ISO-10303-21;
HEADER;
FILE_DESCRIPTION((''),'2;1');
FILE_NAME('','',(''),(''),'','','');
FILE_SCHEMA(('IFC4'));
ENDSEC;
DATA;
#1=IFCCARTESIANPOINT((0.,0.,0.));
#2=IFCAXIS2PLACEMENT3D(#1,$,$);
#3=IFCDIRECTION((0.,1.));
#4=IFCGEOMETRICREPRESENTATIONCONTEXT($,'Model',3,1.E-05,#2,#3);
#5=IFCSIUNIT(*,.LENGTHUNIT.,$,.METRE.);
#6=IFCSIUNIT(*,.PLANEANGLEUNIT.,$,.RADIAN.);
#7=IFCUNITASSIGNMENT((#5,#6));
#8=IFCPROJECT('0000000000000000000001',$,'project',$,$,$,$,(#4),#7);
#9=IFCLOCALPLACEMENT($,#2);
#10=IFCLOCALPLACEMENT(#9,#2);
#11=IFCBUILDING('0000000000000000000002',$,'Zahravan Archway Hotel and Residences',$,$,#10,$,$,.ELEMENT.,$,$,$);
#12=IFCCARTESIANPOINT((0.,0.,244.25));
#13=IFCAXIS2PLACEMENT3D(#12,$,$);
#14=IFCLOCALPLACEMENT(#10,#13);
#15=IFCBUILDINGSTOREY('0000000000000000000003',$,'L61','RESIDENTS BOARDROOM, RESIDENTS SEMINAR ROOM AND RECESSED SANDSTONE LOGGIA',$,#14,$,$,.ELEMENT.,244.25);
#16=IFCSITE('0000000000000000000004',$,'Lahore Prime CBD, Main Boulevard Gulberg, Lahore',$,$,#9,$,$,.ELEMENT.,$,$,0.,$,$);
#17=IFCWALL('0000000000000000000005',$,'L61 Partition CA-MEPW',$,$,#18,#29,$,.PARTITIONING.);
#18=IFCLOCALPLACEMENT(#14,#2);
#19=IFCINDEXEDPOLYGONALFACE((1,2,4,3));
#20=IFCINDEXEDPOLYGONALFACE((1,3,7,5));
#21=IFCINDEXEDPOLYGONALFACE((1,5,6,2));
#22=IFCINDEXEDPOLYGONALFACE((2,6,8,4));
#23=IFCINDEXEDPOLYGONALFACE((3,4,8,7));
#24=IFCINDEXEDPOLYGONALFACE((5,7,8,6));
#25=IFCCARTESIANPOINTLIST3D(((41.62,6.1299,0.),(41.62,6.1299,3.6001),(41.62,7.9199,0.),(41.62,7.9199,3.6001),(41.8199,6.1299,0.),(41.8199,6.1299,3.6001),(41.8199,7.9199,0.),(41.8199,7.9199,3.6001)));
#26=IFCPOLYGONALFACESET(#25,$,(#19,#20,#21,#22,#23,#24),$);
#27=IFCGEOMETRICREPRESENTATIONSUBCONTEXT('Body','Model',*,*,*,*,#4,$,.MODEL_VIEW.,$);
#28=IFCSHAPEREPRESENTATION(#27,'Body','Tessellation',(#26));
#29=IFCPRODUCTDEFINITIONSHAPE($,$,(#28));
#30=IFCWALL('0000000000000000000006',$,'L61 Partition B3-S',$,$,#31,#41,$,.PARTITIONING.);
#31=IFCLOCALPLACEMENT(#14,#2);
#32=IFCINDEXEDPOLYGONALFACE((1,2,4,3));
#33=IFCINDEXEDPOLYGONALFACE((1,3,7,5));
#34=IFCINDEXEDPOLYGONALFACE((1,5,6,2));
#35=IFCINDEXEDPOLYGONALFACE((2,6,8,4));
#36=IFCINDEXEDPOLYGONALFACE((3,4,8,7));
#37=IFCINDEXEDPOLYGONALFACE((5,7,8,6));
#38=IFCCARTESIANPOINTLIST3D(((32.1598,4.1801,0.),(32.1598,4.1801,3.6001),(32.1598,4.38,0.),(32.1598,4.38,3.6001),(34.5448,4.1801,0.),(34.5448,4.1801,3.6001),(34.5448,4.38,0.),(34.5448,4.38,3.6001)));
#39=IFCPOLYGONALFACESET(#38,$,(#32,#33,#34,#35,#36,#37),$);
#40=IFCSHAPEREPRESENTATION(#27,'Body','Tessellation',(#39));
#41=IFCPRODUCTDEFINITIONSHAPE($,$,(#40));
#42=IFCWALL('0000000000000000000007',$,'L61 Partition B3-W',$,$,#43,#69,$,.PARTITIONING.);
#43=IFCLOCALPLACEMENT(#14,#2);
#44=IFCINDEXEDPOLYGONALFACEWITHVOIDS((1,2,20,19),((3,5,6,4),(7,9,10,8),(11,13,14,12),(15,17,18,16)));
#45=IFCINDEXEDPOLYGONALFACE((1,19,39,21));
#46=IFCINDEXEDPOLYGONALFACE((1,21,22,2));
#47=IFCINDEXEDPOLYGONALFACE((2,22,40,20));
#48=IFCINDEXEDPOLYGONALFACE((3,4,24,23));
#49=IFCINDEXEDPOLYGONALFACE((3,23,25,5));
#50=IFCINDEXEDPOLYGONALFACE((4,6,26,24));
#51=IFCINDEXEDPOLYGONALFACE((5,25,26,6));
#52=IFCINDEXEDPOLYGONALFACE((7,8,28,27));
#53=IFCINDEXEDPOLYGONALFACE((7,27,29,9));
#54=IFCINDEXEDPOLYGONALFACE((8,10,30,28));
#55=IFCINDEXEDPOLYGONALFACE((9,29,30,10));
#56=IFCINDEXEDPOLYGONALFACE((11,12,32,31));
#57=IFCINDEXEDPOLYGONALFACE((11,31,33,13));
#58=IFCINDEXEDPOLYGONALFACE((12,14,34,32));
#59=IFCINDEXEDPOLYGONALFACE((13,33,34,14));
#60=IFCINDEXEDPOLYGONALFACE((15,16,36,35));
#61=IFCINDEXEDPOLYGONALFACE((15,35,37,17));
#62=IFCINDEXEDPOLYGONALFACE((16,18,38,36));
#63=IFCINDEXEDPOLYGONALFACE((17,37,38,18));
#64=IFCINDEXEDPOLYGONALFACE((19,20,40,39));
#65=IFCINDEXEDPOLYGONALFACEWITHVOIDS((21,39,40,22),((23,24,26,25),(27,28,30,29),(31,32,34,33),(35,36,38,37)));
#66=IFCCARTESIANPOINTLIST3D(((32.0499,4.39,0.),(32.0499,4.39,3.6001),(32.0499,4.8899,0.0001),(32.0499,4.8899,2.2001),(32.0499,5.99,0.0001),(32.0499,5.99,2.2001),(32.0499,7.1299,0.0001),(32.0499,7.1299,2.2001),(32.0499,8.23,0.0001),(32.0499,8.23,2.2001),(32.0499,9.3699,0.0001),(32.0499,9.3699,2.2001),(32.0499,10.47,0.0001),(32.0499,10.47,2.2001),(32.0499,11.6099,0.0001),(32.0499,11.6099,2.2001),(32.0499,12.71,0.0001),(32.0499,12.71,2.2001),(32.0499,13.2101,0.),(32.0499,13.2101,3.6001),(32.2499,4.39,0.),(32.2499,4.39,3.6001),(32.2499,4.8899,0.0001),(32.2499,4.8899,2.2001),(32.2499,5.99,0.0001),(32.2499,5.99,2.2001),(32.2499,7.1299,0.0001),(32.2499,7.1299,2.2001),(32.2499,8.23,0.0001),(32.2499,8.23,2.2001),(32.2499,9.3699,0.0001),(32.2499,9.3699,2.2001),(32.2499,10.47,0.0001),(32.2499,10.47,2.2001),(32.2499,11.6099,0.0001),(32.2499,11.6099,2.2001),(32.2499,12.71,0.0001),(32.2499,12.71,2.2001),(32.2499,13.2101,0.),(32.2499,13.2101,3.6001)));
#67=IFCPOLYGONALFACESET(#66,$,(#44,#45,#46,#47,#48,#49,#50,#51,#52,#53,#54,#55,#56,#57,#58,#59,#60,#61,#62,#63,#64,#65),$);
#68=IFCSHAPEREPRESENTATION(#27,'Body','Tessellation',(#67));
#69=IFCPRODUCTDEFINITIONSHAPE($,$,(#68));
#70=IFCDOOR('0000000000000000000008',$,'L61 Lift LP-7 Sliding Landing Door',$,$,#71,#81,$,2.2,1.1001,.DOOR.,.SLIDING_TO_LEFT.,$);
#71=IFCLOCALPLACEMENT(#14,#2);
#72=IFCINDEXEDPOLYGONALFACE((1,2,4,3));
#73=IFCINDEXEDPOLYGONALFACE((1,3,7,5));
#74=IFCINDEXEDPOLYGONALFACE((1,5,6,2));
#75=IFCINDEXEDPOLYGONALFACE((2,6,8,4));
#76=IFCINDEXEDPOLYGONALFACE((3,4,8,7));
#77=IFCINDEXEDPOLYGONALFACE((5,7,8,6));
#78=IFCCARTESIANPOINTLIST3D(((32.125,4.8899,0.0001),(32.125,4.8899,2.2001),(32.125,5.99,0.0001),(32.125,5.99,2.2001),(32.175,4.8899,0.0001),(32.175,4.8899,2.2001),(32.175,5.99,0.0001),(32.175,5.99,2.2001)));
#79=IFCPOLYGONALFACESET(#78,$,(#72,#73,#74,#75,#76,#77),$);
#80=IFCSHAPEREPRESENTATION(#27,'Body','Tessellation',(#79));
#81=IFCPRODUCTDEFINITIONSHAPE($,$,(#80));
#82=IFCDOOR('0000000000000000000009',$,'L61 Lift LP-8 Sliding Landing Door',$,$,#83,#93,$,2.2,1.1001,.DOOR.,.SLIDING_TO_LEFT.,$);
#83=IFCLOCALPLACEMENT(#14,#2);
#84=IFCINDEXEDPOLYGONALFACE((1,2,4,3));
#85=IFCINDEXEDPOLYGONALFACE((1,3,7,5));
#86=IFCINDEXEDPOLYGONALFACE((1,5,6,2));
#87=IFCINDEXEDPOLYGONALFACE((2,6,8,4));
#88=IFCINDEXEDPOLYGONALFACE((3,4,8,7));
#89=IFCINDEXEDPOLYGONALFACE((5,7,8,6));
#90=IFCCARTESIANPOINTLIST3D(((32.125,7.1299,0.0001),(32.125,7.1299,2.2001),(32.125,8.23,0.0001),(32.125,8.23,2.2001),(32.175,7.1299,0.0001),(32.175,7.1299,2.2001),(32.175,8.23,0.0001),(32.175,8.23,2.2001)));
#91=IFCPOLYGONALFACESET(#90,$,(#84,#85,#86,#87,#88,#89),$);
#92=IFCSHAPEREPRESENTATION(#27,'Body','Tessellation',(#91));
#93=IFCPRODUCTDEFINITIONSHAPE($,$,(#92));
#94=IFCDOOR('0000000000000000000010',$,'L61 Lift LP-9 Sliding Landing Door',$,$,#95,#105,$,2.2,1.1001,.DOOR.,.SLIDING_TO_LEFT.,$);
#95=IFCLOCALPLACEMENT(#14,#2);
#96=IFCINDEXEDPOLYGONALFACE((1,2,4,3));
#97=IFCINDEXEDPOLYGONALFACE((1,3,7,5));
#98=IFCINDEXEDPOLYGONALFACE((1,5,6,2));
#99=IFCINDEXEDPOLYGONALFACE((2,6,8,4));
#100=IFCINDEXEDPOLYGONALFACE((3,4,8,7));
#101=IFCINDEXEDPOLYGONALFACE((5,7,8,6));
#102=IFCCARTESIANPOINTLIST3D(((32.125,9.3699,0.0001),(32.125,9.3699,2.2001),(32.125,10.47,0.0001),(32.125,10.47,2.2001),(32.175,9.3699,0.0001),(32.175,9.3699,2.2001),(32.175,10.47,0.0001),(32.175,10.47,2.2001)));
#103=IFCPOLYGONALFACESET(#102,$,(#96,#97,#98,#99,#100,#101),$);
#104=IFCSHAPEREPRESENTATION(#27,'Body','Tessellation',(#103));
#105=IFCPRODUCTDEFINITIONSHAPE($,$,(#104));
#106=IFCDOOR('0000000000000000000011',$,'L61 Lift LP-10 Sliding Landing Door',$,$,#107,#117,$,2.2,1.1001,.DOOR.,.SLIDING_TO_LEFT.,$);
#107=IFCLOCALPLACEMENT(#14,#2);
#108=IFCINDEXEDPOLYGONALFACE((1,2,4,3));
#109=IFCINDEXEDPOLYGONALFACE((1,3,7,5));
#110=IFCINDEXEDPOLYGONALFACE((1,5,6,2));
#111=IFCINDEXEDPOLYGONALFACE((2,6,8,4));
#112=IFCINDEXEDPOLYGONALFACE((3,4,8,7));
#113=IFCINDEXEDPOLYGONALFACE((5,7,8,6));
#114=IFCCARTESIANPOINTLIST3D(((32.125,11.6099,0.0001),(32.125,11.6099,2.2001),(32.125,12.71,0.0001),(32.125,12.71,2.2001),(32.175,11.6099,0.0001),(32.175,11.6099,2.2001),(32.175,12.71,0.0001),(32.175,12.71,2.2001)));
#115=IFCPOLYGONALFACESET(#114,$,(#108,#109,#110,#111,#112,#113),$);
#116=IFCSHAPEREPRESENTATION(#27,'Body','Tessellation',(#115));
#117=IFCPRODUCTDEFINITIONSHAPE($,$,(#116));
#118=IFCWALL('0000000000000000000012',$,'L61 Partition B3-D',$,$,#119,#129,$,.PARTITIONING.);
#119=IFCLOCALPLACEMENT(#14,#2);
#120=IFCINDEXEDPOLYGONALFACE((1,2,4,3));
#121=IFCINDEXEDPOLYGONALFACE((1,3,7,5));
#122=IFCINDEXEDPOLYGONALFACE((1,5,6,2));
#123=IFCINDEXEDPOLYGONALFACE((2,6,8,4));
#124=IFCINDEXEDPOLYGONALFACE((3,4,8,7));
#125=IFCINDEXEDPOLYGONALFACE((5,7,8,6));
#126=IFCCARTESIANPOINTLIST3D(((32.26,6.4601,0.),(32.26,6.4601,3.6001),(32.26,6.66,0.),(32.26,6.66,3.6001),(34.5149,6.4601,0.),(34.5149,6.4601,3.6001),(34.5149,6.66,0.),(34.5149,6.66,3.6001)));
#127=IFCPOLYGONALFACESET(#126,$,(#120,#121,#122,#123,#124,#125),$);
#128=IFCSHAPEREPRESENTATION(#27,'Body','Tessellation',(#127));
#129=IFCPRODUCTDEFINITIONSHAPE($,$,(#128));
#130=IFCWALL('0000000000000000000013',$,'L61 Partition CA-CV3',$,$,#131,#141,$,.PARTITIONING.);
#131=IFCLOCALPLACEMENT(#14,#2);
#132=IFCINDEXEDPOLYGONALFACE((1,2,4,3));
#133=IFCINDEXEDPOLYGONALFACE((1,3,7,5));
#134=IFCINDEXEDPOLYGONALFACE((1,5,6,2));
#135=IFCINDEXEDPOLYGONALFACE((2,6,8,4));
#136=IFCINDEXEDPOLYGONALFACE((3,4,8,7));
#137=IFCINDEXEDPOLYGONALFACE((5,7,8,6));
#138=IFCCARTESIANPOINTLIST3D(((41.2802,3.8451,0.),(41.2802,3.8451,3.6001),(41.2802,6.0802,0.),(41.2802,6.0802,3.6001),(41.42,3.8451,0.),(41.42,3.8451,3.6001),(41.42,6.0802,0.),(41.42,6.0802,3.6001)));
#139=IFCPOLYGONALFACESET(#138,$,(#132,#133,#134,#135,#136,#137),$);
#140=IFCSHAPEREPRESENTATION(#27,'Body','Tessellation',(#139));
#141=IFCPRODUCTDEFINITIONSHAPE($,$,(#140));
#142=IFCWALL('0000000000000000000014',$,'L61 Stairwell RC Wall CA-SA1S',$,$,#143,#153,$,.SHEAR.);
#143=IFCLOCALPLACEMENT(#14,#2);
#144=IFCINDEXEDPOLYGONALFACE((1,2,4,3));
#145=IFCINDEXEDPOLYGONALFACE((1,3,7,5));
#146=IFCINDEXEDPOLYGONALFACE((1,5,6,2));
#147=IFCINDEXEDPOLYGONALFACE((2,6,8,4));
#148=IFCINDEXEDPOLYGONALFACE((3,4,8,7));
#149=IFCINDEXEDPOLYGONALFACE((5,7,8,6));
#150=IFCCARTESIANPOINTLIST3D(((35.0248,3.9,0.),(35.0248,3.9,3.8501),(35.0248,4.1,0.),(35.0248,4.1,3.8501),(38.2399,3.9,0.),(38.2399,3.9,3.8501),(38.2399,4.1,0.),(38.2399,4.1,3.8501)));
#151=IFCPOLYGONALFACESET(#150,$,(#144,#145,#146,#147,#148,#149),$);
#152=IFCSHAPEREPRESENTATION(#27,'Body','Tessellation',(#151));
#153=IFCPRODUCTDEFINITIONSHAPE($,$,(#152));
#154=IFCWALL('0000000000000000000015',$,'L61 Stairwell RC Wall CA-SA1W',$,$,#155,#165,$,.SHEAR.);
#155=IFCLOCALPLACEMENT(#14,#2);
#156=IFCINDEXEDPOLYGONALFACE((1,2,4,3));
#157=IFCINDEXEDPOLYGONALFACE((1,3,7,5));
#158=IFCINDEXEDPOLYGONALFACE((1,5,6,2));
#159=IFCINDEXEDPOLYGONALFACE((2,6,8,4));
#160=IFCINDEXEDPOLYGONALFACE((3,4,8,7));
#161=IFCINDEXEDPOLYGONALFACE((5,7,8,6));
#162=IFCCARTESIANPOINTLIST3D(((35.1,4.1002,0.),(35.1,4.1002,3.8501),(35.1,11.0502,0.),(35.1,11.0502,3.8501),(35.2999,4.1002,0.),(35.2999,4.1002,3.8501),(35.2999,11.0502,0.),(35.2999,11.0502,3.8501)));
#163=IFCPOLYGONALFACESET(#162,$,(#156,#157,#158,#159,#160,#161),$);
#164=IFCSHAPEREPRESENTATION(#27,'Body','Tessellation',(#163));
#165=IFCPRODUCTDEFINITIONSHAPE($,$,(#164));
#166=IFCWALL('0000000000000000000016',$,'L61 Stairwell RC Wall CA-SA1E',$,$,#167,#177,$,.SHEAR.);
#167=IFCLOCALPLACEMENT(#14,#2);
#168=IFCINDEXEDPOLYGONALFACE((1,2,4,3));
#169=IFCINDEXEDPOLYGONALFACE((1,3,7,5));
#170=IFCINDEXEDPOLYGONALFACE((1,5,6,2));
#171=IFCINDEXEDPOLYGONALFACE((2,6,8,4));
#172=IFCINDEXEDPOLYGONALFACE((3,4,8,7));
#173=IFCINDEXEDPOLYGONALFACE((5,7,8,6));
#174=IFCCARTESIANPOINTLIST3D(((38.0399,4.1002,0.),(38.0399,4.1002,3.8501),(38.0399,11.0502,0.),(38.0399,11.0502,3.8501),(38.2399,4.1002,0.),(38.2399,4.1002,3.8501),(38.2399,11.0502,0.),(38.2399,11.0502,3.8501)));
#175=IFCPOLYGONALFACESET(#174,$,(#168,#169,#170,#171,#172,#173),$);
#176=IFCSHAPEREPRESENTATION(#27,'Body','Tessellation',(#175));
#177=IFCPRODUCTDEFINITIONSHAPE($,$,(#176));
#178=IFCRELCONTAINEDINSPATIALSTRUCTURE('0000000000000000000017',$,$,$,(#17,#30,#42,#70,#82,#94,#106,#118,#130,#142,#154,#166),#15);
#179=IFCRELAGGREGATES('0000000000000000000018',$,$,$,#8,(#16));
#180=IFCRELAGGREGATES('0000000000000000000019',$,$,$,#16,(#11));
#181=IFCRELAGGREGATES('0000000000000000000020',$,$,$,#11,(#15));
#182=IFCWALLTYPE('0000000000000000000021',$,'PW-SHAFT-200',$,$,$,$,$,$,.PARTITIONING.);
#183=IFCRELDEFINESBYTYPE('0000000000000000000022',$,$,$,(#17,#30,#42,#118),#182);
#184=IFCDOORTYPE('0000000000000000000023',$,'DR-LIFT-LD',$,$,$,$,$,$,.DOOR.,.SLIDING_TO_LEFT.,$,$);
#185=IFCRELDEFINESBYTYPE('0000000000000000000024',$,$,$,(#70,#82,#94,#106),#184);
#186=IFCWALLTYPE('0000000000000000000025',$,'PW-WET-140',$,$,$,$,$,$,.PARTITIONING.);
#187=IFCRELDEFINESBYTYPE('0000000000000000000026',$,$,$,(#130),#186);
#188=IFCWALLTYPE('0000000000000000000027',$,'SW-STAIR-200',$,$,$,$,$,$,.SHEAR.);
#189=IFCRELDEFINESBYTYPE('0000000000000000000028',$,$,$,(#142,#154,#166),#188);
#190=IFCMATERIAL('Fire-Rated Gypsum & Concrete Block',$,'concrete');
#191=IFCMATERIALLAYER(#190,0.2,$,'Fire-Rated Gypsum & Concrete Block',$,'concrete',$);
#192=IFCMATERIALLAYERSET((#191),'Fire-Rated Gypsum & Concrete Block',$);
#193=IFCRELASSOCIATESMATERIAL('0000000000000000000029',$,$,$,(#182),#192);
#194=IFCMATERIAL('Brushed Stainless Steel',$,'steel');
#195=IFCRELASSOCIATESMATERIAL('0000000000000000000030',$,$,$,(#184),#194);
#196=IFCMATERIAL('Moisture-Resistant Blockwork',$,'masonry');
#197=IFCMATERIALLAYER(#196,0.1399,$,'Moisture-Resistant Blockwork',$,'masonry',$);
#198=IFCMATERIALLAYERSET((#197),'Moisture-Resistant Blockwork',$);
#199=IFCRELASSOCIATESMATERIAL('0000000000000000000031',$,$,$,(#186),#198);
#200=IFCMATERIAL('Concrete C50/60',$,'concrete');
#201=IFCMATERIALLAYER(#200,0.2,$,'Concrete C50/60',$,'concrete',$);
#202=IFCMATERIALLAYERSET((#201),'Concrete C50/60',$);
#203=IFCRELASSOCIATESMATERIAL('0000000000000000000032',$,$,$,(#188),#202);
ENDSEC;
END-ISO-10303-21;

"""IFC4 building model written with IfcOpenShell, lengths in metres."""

from ifc_helpers import new_model, si_unit, direction, frame, frame_2d, origin, place, context, subcontext, project, spatial, rectangle, extrude, source, transform, mapped, material, layer, layer_set, type_object, type_shapes, element, fill, save


model = new_model("IFC4")

# Units and contexts
model_context = context("Model", 3, precision=1e-05, world=origin(), true_north=direction((0.0, 1.0)))
body_context = subcontext(model_context, "Body", "Model", "MODEL_VIEW")
ifc_project = project(units=[si_unit("LENGTHUNIT", "METRE"), si_unit("PLANEANGLEUNIT", "RADIAN")], contexts=[model_context])

# Site, building, storey
site_placement = place(None, origin())
site = spatial("IfcSite", under=ifc_project, at=site_placement, Name="Lahore Prime CBD, Main Boulevard Gulberg, Lahore", CompositionType="ELEMENT", RefElevation=0.0)
building_placement = place(site_placement, origin())
building = spatial("IfcBuilding", under=site, at=building_placement, Name="Zahravan Archway Hotel and Residences", CompositionType="ELEMENT")
storey_placement = place(building_placement, frame((0.0, 0.0, 244.25)))
storey = spatial("IfcBuildingStorey", under=building, at=storey_placement, Name="L61", Description="RESIDENTS BOARDROOM, RESIDENTS SEMINAR ROOM AND RECESSED SANDSTONE LOGGIA", CompositionType="ELEMENT", Elevation=244.25)

# Shared definitions
ifc_material_1 = material(Name="Concrete C50/60", Category="concrete")

# Shared definitions
ifc_material_2 = material(Name="Fire-Rated Gypsum & Concrete Block", Category="concrete")
ifc_layer_1 = layer(ifc_material_2, 0.2, Name="Fire-Rated Gypsum & Concrete Block", Category="concrete")
ifc_layer_set_1 = layer_set([ifc_layer_1], Name="Fire-Rated Gypsum & Concrete Block")
wall_type_1 = type_object("IfcWallType", Name="PW-SHAFT-200", PredefinedType="PARTITIONING", material=ifc_layer_set_1)

# Walls
for number, where, z_axis, x_axis, name in (
    (1, (41.72, 6.1299, 0.0), (0.0, 0.0, 1.0), (0.0, 1.0, 0.0), "L61 Partition CA-MEPW"),
):
    element("IfcWall", number, at=place(storey_placement, frame(where, z_axis=z_axis, x_axis=x_axis)), inside=storey, type_object=wall_type_1, Name=name, PredefinedType="PARTITIONING", context=body_context, shape_type="SweptSolid", body=[
        extrude(rectangle(XDim=1.79, YDim=0.2, at=frame_2d((0.895, 0.0))), origin(), (0.0, 0.0, 1.0), 3.6001),
    ])
wall_1_placement = place(storey_placement, frame((32.1599, 4.28, 0.0), z_axis=(0.0, 0.0, 1.0), x_axis=(1.0, 0.0, 0.0)))
element("IfcWall", 2, at=wall_1_placement, inside=storey, type_object=wall_type_1, Name="L61 Partition B3-S", PredefinedType="PARTITIONING", context=body_context, shape_type="SweptSolid", body=[
    extrude(rectangle(XDim=2.385, YDim=0.2, at=frame_2d((1.1924, 0.0))), origin(), (0.0, 0.0, 1.0), 3.6001),
])

# Wall, openings, doors
wall_2_placement = place(storey_placement, frame((32.1499, 4.3899, 0.0), z_axis=(0.0, 0.0, 1.0), x_axis=(0.0, 1.0, 0.0)))
wall_2 = element("IfcWall", 3, at=wall_2_placement, inside=storey, type_object=wall_type_1, Name="L61 Partition B3-W", PredefinedType="PARTITIONING", context=body_context, shape_type="SweptSolid", body=[
    extrude(rectangle(XDim=8.8201, YDim=0.2, at=frame_2d((4.4102, 0.0))), origin(), (0.0, 0.0, 1.0), 3.6001),
])
opening_1_placement = place(wall_2_placement, frame((0.5, 0.0, 0.0)))
opening_1 = element("IfcOpeningElement", 4, at=opening_1_placement, cuts=wall_2, PredefinedType="OPENING", context=body_context, shape_type="SweptSolid", body=[
    extrude(rectangle(XDim=1.1001, YDim=2.2, at=frame_2d((0.55, 1.1001))), frame((0.0, 0.1099, 0.0), z_axis=(0.0, -1.0, 0.0), x_axis=(1.0, 0.0, 0.0)), (0.0, 0.0, 1.0), 0.22),
])
opening_2_placement = place(wall_2_placement, frame((2.74, 0.0, 0.0)))
opening_2 = element("IfcOpeningElement", 5, at=opening_2_placement, cuts=wall_2, PredefinedType="OPENING", context=body_context, shape_type="SweptSolid", body=[
    extrude(rectangle(XDim=1.1001, YDim=2.2, at=frame_2d((0.55, 1.1001))), frame((0.0, 0.1099, 0.0), z_axis=(0.0, -1.0, 0.0), x_axis=(1.0, 0.0, 0.0)), (0.0, 0.0, 1.0), 0.22),
])
opening_3_placement = place(wall_2_placement, frame((4.98, 0.0, 0.0)))
opening_3 = element("IfcOpeningElement", 6, at=opening_3_placement, cuts=wall_2, PredefinedType="OPENING", context=body_context, shape_type="SweptSolid", body=[
    extrude(rectangle(XDim=1.1001, YDim=2.2, at=frame_2d((0.55, 1.1001))), frame((0.0, 0.1099, 0.0), z_axis=(0.0, -1.0, 0.0), x_axis=(1.0, 0.0, 0.0)), (0.0, 0.0, 1.0), 0.22),
])
opening_4_placement = place(wall_2_placement, frame((7.22, 0.0, 0.0)))
opening_4 = element("IfcOpeningElement", 7, at=opening_4_placement, cuts=wall_2, PredefinedType="OPENING", context=body_context, shape_type="SweptSolid", body=[
    extrude(rectangle(XDim=1.1001, YDim=2.2, at=frame_2d((0.55, 1.1001))), frame((0.0, 0.1099, 0.0), z_axis=(0.0, -1.0, 0.0), x_axis=(1.0, 0.0, 0.0)), (0.0, 0.0, 1.0), 0.22),
])
ifc_material_3 = material(Name="Brushed Stainless Steel", Category="steel")
door_type_1 = type_object("IfcDoorType", Name="DR-LIFT-LD", OperationType="SLIDING_TO_LEFT", PredefinedType="DOOR", material=ifc_material_3)
shared_shape_1 = source(origin(), body_context, "Body", "SweptSolid", [
    extrude(rectangle(XDim=1.1001, YDim=2.2, at=frame_2d((0.55, 1.1001))), frame((0.0, 0.0249, 0.0), z_axis=(0.0, -1.0, 0.0), x_axis=(1.0, 0.0, 0.0)), (0.0, 0.0, 1.0), 0.05),
])
type_shapes(door_type_1, [shared_shape_1])
door_1_placement = place(opening_1_placement, origin())
door_1 = element("IfcDoor", 8, at=door_1_placement, inside=storey, type_object=door_type_1, Name="L61 Lift LP-7 Sliding Landing Door", OperationType="SLIDING_TO_LEFT", OverallHeight=2.2, OverallWidth=1.1001, PredefinedType="DOOR", context=body_context, shape_type="MappedRepresentation", body=[
    mapped(shared_shape_1, transform((0.0, 0.0, 0.0), scale=1.0)),
])
fill(opening_1, door_1)
door_2_placement = place(opening_2_placement, origin())
door_2 = element("IfcDoor", 9, at=door_2_placement, inside=storey, type_object=door_type_1, Name="L61 Lift LP-8 Sliding Landing Door", OperationType="SLIDING_TO_LEFT", OverallHeight=2.2, OverallWidth=1.1001, PredefinedType="DOOR", context=body_context, shape_type="MappedRepresentation", body=[
    mapped(shared_shape_1, transform((0.0, 0.0, 0.0), scale=1.0)),
])
fill(opening_2, door_2)
door_3_placement = place(opening_3_placement, origin())
door_3 = element("IfcDoor", 10, at=door_3_placement, inside=storey, type_object=door_type_1, Name="L61 Lift LP-9 Sliding Landing Door", OperationType="SLIDING_TO_LEFT", OverallHeight=2.2, OverallWidth=1.1001, PredefinedType="DOOR", context=body_context, shape_type="MappedRepresentation", body=[
    mapped(shared_shape_1, transform((0.0, 0.0, 0.0), scale=1.0)),
])
fill(opening_3, door_3)
door_4_placement = place(opening_4_placement, origin())
door_4 = element("IfcDoor", 11, at=door_4_placement, inside=storey, type_object=door_type_1, Name="L61 Lift LP-10 Sliding Landing Door", OperationType="SLIDING_TO_LEFT", OverallHeight=2.2, OverallWidth=1.1001, PredefinedType="DOOR", context=body_context, shape_type="MappedRepresentation", body=[
    mapped(shared_shape_1, transform((0.0, 0.0, 0.0), scale=1.0)),
])
fill(opening_4, door_4)

# Walls
wall_3_placement = place(storey_placement, frame((32.26, 6.5601, 0.0), z_axis=(0.0, 0.0, 1.0), x_axis=(1.0, 0.0, 0.0)))
element("IfcWall", 12, at=wall_3_placement, inside=storey, type_object=wall_type_1, Name="L61 Partition B3-D", PredefinedType="PARTITIONING", context=body_context, shape_type="SweptSolid", body=[
    extrude(rectangle(XDim=2.2549, YDim=0.2, at=frame_2d((1.1274, 0.0))), origin(), (0.0, 0.0, 1.0), 3.6001),
])
ifc_material_4 = material(Name="Moisture-Resistant Blockwork", Category="masonry")
ifc_layer_2 = layer(ifc_material_4, 0.1399, Name="Moisture-Resistant Blockwork", Category="masonry")
ifc_layer_set_2 = layer_set([ifc_layer_2], Name="Moisture-Resistant Blockwork")
wall_type_2 = type_object("IfcWallType", Name="PW-WET-140", PredefinedType="PARTITIONING", material=ifc_layer_set_2)
wall_4_placement = place(storey_placement, frame((41.3501, 3.845, 0.0), z_axis=(0.0, 0.0, 1.0), x_axis=(0.0, 1.0, 0.0)))
element("IfcWall", 13, at=wall_4_placement, inside=storey, type_object=wall_type_2, Name="L61 Partition CA-CV3", PredefinedType="PARTITIONING", context=body_context, shape_type="SweptSolid", body=[
    extrude(rectangle(XDim=2.2351, YDim=0.1399, at=frame_2d((1.1177, 0.0))), origin(), (0.0, 0.0, 1.0), 3.6001),
])
ifc_layer_3 = layer(ifc_material_1, 0.2, Name="Concrete C50/60", Category="concrete")
ifc_layer_set_3 = layer_set([ifc_layer_3], Name="Concrete C50/60")
wall_type_3 = type_object("IfcWallType", Name="SW-STAIR-200", PredefinedType="SHEAR", material=ifc_layer_set_3)
wall_5_placement = place(storey_placement, frame((35.0249, 4.0, 0.0), z_axis=(0.0, 0.0, 1.0), x_axis=(1.0, 0.0, 0.0)))
element("IfcWall", 14, at=wall_5_placement, inside=storey, type_object=wall_type_3, Name="L61 Stairwell RC Wall CA-SA1S", PredefinedType="SHEAR", context=body_context, shape_type="SweptSolid", body=[
    extrude(rectangle(XDim=3.2151, YDim=0.2, at=frame_2d((1.6074, 0.0))), origin(), (0.0, 0.0, 1.0), 3.8501),
])
for number, where, z_axis, x_axis, name in (
    (15, (35.2, 4.1001, 0.0), (0.0, 0.0, 1.0), (0.0, 1.0, 0.0), "L61 Stairwell RC Wall CA-SA1W"),
    (16, (38.1399, 4.1001, 0.0), (0.0, 0.0, 1.0), (0.0, 1.0, 0.0), "L61 Stairwell RC Wall CA-SA1E"),
):
    element("IfcWall", number, at=place(storey_placement, frame(where, z_axis=z_axis, x_axis=x_axis)), inside=storey, type_object=wall_type_3, Name=name, PredefinedType="SHEAR", context=body_context, shape_type="SweptSolid", body=[
        extrude(rectangle(XDim=6.95, YDim=0.2, at=frame_2d((3.4751, 0.0))), origin(), (0.0, 0.0, 1.0), 3.8501),
    ])

save(model, "model.ifc")
